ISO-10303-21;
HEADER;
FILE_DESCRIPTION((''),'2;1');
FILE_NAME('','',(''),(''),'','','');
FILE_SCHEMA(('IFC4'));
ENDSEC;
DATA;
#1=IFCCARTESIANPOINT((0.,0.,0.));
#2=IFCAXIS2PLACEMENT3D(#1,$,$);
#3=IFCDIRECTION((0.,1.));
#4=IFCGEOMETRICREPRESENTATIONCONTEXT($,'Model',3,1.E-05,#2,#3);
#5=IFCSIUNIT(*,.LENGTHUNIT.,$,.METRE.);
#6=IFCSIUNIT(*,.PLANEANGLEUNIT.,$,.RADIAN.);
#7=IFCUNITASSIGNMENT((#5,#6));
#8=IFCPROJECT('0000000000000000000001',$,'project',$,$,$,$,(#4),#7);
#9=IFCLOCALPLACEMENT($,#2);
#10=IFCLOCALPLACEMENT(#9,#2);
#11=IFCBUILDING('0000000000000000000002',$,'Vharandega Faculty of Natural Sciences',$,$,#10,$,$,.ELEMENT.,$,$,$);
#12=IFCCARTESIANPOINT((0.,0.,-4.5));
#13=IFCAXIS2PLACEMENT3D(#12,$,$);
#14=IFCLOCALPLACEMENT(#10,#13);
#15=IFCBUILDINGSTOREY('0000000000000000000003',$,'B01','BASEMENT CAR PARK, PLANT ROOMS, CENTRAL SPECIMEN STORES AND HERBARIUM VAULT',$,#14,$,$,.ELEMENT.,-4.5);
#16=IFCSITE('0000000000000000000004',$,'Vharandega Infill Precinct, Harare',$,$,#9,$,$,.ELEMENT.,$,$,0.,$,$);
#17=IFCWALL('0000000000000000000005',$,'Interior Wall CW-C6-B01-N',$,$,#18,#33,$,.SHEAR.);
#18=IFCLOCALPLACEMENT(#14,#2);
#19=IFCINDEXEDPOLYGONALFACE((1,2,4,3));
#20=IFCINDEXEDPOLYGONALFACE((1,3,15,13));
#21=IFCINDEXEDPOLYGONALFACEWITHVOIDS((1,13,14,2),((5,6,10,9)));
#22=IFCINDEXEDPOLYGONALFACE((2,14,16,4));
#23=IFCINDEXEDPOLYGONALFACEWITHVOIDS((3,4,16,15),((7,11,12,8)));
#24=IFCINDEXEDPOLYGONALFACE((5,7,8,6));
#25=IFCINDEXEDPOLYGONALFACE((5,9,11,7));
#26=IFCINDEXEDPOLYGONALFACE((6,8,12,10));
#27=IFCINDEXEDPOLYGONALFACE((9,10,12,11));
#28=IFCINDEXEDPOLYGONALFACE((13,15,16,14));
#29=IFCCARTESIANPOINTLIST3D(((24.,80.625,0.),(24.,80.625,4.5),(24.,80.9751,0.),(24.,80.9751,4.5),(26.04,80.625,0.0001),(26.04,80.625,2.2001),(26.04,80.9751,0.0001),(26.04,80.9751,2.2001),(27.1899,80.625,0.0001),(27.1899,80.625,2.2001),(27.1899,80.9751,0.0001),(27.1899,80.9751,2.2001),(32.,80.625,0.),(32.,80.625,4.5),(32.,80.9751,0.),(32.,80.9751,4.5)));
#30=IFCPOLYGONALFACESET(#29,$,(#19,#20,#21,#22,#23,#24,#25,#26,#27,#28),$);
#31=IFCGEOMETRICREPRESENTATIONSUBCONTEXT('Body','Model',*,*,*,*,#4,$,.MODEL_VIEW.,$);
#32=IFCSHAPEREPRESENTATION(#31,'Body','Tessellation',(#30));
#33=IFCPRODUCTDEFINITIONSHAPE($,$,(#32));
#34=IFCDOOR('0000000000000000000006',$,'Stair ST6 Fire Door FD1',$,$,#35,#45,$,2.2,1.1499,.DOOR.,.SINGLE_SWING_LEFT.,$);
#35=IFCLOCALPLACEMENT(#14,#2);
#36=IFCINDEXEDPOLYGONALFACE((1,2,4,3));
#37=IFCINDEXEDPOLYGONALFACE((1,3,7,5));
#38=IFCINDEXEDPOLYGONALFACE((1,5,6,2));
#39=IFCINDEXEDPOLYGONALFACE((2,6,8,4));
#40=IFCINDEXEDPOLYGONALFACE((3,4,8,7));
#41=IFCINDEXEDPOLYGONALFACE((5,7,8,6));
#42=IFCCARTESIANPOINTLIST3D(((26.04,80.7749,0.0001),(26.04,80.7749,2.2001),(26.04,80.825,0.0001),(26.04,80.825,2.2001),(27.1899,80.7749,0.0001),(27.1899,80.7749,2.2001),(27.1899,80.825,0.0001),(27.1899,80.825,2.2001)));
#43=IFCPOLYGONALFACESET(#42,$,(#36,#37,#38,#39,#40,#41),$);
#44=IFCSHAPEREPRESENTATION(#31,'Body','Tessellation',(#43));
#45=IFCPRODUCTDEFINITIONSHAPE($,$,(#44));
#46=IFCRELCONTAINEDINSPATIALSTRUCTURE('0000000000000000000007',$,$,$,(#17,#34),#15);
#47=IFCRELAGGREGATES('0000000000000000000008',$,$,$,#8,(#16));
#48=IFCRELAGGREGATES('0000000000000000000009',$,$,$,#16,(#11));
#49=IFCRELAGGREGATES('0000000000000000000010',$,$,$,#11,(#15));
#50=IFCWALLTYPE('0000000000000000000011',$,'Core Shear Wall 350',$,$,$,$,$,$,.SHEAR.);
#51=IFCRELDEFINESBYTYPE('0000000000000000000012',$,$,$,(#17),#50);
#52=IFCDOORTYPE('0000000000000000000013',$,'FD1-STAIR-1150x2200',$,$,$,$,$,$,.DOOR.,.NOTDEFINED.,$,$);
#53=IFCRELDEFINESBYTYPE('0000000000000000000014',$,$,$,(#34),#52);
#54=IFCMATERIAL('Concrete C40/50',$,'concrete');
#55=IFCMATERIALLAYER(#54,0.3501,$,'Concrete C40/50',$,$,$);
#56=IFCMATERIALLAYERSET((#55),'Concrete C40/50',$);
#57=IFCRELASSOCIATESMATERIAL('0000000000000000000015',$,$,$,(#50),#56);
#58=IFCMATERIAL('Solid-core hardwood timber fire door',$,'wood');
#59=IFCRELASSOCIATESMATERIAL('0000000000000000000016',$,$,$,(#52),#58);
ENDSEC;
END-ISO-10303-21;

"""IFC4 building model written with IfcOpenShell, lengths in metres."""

from ifc_helpers import new_model, si_unit, direction, frame, frame_2d, origin, place, context, subcontext, project, spatial, rectangle, extrude, material, layer, layer_set, type_object, element, fill, save


model = new_model("IFC4")

# Units and contexts
model_context = context("Model", 3, precision=1e-05, world=origin(), true_north=direction((0.0, 1.0)))
body_context = subcontext(model_context, "Body", "Model", "MODEL_VIEW")
ifc_project = project(units=[si_unit("LENGTHUNIT", "METRE"), si_unit("PLANEANGLEUNIT", "RADIAN")], contexts=[model_context])

# Site, building, storey
site_placement = place(None, origin())
site = spatial("IfcSite", under=ifc_project, at=site_placement, Name="Vharandega Infill Precinct, Harare", CompositionType="ELEMENT", RefElevation=0.0)
building_placement = place(site_placement, origin())
building = spatial("IfcBuilding", under=site, at=building_placement, Name="Vharandega Faculty of Natural Sciences", CompositionType="ELEMENT")
storey_placement = place(building_placement, frame((0.0, 0.0, -4.5)))
storey = spatial("IfcBuildingStorey", under=building, at=storey_placement, Name="B01", Description="BASEMENT CAR PARK, PLANT ROOMS, CENTRAL SPECIMEN STORES AND HERBARIUM VAULT", CompositionType="ELEMENT", Elevation=-4.5)

# Wall, opening, door
ifc_material_1 = material(Name="Concrete C40/50", Category="concrete")
ifc_layer = layer(ifc_material_1, 0.3501, Name="Concrete C40/50")
ifc_layer_set = layer_set([ifc_layer], Name="Concrete C40/50")
wall_type = type_object("IfcWallType", Name="Core Shear Wall 350", PredefinedType="SHEAR", material=ifc_layer_set)
wall_placement = place(storey_placement, frame((24.0, 80.8, 0.0), z_axis=(0.0, 0.0, 1.0), x_axis=(1.0, 0.0, 0.0)))
wall = element("IfcWall", 1, at=wall_placement, inside=storey, type_object=wall_type, Name="Interior Wall CW-C6-B01-N", PredefinedType="SHEAR", context=body_context, shape_type="SweptSolid", body=[
    extrude(rectangle(XDim=8.0, YDim=0.3501, at=frame_2d((4.0, 0.0))), origin(), (0.0, 0.0, 1.0), 4.5),
])
opening_placement = place(wall_placement, frame((2.04, 0.0, 0.0)))
opening = element("IfcOpeningElement", 2, at=opening_placement, cuts=wall, PredefinedType="OPENING", context=body_context, shape_type="SweptSolid", body=[
    extrude(rectangle(XDim=1.1499, YDim=2.2, at=frame_2d((0.575, 1.1001))), frame((0.0, 0.1851, 0.0), z_axis=(0.0, -1.0, 0.0), x_axis=(1.0, 0.0, 0.0)), (0.0, 0.0, 1.0), 0.3701),
])
ifc_material_2 = material(Name="Solid-core hardwood timber fire door", Category="wood")
door_type = type_object("IfcDoorType", Name="FD1-STAIR-1150x2200", OperationType="NOTDEFINED", PredefinedType="DOOR", material=ifc_material_2)
door_placement = place(opening_placement, origin())
door = element("IfcDoor", 3, at=door_placement, inside=storey, type_object=door_type, Name="Stair ST6 Fire Door FD1", OperationType="SINGLE_SWING_LEFT", OverallHeight=2.2, OverallWidth=1.1499, PredefinedType="DOOR", context=body_context, shape_type="SweptSolid", body=[
    extrude(rectangle(XDim=1.1499, YDim=2.2, at=frame_2d((0.575, 1.1001))), frame((0.0, 0.0249, 0.0), z_axis=(0.0, -1.0, 0.0), x_axis=(1.0, 0.0, 0.0)), (0.0, 0.0, 1.0), 0.05),
])
fill(opening, door)

save(model, "model.ifc")
